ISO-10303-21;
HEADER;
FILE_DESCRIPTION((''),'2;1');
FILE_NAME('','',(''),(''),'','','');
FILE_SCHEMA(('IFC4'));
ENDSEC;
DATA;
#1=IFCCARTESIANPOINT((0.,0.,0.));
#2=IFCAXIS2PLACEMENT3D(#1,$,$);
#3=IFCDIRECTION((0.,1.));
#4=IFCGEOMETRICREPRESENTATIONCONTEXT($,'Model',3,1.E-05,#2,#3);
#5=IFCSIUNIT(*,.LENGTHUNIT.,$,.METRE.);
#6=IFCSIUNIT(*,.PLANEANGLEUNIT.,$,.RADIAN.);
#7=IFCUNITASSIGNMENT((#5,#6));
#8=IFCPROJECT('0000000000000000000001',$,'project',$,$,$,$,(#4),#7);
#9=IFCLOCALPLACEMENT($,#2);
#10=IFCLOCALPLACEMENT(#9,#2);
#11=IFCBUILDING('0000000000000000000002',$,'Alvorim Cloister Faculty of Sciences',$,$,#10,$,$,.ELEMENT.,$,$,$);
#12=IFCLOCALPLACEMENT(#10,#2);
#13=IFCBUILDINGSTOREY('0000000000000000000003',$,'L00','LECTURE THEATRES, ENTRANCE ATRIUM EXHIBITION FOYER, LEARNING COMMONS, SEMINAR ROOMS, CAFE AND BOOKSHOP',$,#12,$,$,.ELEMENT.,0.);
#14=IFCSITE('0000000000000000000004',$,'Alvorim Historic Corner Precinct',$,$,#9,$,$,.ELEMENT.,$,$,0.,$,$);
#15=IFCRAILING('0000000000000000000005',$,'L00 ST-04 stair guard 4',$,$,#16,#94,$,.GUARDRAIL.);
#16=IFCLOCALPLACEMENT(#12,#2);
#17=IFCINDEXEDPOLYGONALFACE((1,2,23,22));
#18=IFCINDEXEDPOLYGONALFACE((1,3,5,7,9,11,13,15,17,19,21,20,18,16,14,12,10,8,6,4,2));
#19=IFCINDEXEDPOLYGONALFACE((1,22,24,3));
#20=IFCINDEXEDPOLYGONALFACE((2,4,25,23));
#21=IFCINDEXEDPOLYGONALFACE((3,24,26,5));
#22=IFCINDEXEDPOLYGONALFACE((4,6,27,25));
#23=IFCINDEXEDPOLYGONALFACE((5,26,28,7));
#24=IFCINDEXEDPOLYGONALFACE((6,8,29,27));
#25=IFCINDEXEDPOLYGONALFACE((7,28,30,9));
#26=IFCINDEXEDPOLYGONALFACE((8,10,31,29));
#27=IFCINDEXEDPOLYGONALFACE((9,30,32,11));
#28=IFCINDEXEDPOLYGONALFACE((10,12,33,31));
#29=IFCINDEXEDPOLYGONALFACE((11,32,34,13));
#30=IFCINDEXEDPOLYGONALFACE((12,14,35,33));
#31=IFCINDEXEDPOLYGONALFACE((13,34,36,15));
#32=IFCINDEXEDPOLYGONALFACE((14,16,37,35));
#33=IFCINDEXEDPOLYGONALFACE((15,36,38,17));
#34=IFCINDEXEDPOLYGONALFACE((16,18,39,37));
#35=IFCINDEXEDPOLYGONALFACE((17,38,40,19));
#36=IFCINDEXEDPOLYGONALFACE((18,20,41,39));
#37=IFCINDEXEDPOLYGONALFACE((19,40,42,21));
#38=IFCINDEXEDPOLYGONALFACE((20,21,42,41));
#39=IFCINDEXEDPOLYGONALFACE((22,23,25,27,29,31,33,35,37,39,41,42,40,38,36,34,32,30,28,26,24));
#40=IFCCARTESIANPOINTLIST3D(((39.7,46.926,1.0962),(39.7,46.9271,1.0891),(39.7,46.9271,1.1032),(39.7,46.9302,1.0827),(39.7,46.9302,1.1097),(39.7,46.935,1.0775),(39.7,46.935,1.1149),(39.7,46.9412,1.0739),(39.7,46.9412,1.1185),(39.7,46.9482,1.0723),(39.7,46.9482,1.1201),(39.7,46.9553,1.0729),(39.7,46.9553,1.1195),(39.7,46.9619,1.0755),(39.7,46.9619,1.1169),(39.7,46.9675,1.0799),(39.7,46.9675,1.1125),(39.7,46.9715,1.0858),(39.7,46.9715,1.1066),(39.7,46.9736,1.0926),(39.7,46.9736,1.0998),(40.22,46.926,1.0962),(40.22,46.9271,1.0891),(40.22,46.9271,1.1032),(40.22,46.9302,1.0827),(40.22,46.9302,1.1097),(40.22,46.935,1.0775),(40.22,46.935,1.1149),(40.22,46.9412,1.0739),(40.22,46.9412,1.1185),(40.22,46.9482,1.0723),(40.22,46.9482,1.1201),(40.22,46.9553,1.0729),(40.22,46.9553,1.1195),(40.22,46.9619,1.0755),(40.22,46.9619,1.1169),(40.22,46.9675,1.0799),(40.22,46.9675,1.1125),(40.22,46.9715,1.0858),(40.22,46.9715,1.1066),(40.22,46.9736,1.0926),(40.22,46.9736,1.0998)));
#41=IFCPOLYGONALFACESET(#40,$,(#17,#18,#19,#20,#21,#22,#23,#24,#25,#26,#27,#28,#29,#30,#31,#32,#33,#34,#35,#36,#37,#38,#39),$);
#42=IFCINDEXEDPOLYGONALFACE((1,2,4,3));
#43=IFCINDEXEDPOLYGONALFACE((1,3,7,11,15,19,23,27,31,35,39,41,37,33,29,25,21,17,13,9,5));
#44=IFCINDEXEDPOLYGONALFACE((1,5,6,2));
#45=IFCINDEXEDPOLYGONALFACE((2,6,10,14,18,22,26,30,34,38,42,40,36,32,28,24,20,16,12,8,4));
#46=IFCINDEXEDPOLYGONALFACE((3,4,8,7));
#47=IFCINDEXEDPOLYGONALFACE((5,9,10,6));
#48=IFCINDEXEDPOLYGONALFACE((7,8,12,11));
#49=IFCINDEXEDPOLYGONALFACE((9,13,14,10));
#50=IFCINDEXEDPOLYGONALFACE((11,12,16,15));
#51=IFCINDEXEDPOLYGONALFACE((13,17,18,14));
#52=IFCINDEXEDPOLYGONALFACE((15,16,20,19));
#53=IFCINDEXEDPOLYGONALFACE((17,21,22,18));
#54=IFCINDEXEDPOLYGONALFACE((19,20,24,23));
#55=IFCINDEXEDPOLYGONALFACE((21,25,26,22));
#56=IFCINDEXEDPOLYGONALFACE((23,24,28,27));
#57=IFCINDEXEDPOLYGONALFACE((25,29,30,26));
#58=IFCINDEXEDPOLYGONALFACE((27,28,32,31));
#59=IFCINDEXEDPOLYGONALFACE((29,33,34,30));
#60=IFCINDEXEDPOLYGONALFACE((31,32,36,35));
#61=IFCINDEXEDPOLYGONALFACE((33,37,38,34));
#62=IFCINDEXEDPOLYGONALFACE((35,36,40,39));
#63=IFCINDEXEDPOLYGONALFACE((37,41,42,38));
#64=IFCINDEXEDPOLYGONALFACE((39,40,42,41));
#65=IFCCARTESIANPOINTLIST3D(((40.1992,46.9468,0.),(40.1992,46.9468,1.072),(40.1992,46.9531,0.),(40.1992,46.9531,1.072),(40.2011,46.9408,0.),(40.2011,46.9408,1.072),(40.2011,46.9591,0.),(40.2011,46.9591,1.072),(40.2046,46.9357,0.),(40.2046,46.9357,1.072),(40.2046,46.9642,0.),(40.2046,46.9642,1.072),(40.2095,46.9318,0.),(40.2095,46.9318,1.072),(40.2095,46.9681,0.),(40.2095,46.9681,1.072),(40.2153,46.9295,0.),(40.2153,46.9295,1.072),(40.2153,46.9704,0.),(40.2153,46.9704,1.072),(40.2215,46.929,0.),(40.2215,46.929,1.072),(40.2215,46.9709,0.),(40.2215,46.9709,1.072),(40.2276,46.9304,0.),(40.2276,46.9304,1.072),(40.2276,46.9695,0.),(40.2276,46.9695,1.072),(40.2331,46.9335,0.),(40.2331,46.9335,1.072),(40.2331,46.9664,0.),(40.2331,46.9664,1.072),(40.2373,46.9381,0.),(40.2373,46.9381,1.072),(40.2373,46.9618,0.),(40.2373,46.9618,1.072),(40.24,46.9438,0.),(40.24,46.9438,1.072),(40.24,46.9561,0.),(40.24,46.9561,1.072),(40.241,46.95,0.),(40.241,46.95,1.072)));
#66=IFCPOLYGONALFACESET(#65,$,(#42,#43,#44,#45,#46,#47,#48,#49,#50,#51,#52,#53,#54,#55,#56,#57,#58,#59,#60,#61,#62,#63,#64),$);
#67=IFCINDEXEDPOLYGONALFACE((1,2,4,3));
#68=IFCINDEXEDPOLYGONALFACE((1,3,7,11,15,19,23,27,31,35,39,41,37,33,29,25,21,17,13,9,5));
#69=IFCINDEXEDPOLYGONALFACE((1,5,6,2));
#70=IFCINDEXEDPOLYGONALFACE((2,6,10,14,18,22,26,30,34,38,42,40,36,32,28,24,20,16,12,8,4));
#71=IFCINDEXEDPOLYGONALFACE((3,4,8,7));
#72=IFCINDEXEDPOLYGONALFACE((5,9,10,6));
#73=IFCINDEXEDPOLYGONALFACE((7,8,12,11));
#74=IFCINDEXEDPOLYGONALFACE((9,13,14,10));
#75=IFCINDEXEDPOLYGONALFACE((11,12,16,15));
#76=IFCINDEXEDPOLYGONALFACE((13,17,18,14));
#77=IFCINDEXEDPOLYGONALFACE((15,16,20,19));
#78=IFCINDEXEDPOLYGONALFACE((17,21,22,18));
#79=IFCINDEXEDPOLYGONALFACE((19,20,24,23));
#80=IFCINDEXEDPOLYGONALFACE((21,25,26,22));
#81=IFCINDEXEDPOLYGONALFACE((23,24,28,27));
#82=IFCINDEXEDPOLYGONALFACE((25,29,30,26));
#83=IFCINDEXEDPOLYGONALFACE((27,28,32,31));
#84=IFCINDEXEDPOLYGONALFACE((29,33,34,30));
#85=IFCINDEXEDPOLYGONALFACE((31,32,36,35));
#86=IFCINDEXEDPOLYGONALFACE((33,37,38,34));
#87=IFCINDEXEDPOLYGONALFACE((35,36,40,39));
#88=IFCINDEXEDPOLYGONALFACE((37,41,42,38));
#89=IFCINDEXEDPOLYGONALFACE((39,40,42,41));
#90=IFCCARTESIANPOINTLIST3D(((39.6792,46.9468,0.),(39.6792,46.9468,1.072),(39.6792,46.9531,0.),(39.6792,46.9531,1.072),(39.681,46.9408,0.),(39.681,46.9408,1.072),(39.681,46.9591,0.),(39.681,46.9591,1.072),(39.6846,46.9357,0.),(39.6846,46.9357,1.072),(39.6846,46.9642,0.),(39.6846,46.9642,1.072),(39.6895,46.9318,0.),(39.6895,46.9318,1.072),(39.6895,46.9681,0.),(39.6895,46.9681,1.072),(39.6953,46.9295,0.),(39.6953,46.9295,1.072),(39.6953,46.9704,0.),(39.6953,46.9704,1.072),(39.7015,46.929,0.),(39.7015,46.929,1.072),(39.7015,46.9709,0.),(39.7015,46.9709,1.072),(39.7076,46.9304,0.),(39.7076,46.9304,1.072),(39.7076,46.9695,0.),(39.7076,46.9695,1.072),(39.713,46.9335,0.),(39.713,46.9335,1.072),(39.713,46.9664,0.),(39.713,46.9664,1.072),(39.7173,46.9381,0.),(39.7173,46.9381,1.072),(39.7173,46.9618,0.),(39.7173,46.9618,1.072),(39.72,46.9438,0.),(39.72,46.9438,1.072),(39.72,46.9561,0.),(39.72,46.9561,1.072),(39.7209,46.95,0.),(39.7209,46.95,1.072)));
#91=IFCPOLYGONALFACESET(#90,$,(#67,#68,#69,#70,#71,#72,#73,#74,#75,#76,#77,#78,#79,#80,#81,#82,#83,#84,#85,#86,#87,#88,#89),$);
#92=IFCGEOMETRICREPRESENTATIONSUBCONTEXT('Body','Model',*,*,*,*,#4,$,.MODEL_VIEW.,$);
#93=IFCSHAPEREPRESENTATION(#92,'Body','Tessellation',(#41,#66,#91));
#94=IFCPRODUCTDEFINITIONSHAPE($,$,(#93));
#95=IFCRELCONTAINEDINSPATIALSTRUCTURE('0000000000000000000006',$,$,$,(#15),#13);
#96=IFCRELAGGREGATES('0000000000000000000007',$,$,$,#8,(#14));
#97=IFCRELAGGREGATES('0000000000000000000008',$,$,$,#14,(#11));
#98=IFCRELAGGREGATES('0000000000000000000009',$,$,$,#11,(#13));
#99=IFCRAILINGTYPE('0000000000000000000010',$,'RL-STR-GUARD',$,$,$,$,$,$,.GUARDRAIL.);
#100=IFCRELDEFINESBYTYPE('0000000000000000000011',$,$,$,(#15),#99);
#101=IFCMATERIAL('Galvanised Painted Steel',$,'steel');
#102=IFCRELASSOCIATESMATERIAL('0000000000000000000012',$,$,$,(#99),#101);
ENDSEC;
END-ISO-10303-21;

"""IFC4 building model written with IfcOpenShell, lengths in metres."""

from ifc_helpers import new_model, si_unit, direction, frame, origin, origin_2d, place, context, subcontext, project, spatial, circle, extrude, material, type_object, element, save


model = new_model("IFC4")

# Units and contexts
model_context = context("Model", 3, precision=1e-05, world=origin(), true_north=direction((0.0, 1.0)))
body_context = subcontext(model_context, "Body", "Model", "MODEL_VIEW")
ifc_project = project(units=[si_unit("LENGTHUNIT", "METRE"), si_unit("PLANEANGLEUNIT", "RADIAN")], contexts=[model_context])

# Site, building, storey
site_placement = place(None, origin())
site = spatial("IfcSite", under=ifc_project, at=site_placement, Name="Alvorim Historic Corner Precinct", CompositionType="ELEMENT", RefElevation=0.0)
building_placement = place(site_placement, origin())
building = spatial("IfcBuilding", under=site, at=building_placement, Name="Alvorim Cloister Faculty of Sciences", CompositionType="ELEMENT")
storey_placement = place(building_placement, origin())
storey = spatial("IfcBuildingStorey", under=building, at=storey_placement, Name="L00", Description="LECTURE THEATRES, ENTRANCE ATRIUM EXHIBITION FOYER, LEARNING COMMONS, SEMINAR ROOMS, CAFE AND BOOKSHOP", CompositionType="ELEMENT", Elevation=0.0)

# Railing
ifc_material_1 = material(Name="Galvanised Painted Steel", Category="steel")
railing_type = type_object("IfcRailingType", Name="RL-STR-GUARD", PredefinedType="GUARDRAIL", material=ifc_material_1)
railing_1_placement = place(storey_placement, frame((40.22, 46.95, 0.0)))
element("IfcRailing", 1, at=railing_1_placement, inside=storey, type_object=railing_type, Name="L00 ST-04 stair guard 4", PredefinedType="GUARDRAIL", context=body_context, shape_type="SweptSolid", body=[
    extrude(circle(Radius=0.0239, at=origin_2d()), frame((0.0, 0.0, 1.0962), z_axis=(-1.0, 0.0, 0.0), x_axis=(0.0, -1.0, 0.0)), (0.0, 0.0, 1.0), 0.52),
    extrude(circle(Radius=0.021, at=origin_2d()), origin(), (0.0, 0.0, 1.0), 1.072),
    extrude(circle(Radius=0.021, at=origin_2d()), frame((-0.52, 0.0, 0.0)), (0.0, 0.0, 1.0), 1.072),
])

save(model, "model.ifc")
